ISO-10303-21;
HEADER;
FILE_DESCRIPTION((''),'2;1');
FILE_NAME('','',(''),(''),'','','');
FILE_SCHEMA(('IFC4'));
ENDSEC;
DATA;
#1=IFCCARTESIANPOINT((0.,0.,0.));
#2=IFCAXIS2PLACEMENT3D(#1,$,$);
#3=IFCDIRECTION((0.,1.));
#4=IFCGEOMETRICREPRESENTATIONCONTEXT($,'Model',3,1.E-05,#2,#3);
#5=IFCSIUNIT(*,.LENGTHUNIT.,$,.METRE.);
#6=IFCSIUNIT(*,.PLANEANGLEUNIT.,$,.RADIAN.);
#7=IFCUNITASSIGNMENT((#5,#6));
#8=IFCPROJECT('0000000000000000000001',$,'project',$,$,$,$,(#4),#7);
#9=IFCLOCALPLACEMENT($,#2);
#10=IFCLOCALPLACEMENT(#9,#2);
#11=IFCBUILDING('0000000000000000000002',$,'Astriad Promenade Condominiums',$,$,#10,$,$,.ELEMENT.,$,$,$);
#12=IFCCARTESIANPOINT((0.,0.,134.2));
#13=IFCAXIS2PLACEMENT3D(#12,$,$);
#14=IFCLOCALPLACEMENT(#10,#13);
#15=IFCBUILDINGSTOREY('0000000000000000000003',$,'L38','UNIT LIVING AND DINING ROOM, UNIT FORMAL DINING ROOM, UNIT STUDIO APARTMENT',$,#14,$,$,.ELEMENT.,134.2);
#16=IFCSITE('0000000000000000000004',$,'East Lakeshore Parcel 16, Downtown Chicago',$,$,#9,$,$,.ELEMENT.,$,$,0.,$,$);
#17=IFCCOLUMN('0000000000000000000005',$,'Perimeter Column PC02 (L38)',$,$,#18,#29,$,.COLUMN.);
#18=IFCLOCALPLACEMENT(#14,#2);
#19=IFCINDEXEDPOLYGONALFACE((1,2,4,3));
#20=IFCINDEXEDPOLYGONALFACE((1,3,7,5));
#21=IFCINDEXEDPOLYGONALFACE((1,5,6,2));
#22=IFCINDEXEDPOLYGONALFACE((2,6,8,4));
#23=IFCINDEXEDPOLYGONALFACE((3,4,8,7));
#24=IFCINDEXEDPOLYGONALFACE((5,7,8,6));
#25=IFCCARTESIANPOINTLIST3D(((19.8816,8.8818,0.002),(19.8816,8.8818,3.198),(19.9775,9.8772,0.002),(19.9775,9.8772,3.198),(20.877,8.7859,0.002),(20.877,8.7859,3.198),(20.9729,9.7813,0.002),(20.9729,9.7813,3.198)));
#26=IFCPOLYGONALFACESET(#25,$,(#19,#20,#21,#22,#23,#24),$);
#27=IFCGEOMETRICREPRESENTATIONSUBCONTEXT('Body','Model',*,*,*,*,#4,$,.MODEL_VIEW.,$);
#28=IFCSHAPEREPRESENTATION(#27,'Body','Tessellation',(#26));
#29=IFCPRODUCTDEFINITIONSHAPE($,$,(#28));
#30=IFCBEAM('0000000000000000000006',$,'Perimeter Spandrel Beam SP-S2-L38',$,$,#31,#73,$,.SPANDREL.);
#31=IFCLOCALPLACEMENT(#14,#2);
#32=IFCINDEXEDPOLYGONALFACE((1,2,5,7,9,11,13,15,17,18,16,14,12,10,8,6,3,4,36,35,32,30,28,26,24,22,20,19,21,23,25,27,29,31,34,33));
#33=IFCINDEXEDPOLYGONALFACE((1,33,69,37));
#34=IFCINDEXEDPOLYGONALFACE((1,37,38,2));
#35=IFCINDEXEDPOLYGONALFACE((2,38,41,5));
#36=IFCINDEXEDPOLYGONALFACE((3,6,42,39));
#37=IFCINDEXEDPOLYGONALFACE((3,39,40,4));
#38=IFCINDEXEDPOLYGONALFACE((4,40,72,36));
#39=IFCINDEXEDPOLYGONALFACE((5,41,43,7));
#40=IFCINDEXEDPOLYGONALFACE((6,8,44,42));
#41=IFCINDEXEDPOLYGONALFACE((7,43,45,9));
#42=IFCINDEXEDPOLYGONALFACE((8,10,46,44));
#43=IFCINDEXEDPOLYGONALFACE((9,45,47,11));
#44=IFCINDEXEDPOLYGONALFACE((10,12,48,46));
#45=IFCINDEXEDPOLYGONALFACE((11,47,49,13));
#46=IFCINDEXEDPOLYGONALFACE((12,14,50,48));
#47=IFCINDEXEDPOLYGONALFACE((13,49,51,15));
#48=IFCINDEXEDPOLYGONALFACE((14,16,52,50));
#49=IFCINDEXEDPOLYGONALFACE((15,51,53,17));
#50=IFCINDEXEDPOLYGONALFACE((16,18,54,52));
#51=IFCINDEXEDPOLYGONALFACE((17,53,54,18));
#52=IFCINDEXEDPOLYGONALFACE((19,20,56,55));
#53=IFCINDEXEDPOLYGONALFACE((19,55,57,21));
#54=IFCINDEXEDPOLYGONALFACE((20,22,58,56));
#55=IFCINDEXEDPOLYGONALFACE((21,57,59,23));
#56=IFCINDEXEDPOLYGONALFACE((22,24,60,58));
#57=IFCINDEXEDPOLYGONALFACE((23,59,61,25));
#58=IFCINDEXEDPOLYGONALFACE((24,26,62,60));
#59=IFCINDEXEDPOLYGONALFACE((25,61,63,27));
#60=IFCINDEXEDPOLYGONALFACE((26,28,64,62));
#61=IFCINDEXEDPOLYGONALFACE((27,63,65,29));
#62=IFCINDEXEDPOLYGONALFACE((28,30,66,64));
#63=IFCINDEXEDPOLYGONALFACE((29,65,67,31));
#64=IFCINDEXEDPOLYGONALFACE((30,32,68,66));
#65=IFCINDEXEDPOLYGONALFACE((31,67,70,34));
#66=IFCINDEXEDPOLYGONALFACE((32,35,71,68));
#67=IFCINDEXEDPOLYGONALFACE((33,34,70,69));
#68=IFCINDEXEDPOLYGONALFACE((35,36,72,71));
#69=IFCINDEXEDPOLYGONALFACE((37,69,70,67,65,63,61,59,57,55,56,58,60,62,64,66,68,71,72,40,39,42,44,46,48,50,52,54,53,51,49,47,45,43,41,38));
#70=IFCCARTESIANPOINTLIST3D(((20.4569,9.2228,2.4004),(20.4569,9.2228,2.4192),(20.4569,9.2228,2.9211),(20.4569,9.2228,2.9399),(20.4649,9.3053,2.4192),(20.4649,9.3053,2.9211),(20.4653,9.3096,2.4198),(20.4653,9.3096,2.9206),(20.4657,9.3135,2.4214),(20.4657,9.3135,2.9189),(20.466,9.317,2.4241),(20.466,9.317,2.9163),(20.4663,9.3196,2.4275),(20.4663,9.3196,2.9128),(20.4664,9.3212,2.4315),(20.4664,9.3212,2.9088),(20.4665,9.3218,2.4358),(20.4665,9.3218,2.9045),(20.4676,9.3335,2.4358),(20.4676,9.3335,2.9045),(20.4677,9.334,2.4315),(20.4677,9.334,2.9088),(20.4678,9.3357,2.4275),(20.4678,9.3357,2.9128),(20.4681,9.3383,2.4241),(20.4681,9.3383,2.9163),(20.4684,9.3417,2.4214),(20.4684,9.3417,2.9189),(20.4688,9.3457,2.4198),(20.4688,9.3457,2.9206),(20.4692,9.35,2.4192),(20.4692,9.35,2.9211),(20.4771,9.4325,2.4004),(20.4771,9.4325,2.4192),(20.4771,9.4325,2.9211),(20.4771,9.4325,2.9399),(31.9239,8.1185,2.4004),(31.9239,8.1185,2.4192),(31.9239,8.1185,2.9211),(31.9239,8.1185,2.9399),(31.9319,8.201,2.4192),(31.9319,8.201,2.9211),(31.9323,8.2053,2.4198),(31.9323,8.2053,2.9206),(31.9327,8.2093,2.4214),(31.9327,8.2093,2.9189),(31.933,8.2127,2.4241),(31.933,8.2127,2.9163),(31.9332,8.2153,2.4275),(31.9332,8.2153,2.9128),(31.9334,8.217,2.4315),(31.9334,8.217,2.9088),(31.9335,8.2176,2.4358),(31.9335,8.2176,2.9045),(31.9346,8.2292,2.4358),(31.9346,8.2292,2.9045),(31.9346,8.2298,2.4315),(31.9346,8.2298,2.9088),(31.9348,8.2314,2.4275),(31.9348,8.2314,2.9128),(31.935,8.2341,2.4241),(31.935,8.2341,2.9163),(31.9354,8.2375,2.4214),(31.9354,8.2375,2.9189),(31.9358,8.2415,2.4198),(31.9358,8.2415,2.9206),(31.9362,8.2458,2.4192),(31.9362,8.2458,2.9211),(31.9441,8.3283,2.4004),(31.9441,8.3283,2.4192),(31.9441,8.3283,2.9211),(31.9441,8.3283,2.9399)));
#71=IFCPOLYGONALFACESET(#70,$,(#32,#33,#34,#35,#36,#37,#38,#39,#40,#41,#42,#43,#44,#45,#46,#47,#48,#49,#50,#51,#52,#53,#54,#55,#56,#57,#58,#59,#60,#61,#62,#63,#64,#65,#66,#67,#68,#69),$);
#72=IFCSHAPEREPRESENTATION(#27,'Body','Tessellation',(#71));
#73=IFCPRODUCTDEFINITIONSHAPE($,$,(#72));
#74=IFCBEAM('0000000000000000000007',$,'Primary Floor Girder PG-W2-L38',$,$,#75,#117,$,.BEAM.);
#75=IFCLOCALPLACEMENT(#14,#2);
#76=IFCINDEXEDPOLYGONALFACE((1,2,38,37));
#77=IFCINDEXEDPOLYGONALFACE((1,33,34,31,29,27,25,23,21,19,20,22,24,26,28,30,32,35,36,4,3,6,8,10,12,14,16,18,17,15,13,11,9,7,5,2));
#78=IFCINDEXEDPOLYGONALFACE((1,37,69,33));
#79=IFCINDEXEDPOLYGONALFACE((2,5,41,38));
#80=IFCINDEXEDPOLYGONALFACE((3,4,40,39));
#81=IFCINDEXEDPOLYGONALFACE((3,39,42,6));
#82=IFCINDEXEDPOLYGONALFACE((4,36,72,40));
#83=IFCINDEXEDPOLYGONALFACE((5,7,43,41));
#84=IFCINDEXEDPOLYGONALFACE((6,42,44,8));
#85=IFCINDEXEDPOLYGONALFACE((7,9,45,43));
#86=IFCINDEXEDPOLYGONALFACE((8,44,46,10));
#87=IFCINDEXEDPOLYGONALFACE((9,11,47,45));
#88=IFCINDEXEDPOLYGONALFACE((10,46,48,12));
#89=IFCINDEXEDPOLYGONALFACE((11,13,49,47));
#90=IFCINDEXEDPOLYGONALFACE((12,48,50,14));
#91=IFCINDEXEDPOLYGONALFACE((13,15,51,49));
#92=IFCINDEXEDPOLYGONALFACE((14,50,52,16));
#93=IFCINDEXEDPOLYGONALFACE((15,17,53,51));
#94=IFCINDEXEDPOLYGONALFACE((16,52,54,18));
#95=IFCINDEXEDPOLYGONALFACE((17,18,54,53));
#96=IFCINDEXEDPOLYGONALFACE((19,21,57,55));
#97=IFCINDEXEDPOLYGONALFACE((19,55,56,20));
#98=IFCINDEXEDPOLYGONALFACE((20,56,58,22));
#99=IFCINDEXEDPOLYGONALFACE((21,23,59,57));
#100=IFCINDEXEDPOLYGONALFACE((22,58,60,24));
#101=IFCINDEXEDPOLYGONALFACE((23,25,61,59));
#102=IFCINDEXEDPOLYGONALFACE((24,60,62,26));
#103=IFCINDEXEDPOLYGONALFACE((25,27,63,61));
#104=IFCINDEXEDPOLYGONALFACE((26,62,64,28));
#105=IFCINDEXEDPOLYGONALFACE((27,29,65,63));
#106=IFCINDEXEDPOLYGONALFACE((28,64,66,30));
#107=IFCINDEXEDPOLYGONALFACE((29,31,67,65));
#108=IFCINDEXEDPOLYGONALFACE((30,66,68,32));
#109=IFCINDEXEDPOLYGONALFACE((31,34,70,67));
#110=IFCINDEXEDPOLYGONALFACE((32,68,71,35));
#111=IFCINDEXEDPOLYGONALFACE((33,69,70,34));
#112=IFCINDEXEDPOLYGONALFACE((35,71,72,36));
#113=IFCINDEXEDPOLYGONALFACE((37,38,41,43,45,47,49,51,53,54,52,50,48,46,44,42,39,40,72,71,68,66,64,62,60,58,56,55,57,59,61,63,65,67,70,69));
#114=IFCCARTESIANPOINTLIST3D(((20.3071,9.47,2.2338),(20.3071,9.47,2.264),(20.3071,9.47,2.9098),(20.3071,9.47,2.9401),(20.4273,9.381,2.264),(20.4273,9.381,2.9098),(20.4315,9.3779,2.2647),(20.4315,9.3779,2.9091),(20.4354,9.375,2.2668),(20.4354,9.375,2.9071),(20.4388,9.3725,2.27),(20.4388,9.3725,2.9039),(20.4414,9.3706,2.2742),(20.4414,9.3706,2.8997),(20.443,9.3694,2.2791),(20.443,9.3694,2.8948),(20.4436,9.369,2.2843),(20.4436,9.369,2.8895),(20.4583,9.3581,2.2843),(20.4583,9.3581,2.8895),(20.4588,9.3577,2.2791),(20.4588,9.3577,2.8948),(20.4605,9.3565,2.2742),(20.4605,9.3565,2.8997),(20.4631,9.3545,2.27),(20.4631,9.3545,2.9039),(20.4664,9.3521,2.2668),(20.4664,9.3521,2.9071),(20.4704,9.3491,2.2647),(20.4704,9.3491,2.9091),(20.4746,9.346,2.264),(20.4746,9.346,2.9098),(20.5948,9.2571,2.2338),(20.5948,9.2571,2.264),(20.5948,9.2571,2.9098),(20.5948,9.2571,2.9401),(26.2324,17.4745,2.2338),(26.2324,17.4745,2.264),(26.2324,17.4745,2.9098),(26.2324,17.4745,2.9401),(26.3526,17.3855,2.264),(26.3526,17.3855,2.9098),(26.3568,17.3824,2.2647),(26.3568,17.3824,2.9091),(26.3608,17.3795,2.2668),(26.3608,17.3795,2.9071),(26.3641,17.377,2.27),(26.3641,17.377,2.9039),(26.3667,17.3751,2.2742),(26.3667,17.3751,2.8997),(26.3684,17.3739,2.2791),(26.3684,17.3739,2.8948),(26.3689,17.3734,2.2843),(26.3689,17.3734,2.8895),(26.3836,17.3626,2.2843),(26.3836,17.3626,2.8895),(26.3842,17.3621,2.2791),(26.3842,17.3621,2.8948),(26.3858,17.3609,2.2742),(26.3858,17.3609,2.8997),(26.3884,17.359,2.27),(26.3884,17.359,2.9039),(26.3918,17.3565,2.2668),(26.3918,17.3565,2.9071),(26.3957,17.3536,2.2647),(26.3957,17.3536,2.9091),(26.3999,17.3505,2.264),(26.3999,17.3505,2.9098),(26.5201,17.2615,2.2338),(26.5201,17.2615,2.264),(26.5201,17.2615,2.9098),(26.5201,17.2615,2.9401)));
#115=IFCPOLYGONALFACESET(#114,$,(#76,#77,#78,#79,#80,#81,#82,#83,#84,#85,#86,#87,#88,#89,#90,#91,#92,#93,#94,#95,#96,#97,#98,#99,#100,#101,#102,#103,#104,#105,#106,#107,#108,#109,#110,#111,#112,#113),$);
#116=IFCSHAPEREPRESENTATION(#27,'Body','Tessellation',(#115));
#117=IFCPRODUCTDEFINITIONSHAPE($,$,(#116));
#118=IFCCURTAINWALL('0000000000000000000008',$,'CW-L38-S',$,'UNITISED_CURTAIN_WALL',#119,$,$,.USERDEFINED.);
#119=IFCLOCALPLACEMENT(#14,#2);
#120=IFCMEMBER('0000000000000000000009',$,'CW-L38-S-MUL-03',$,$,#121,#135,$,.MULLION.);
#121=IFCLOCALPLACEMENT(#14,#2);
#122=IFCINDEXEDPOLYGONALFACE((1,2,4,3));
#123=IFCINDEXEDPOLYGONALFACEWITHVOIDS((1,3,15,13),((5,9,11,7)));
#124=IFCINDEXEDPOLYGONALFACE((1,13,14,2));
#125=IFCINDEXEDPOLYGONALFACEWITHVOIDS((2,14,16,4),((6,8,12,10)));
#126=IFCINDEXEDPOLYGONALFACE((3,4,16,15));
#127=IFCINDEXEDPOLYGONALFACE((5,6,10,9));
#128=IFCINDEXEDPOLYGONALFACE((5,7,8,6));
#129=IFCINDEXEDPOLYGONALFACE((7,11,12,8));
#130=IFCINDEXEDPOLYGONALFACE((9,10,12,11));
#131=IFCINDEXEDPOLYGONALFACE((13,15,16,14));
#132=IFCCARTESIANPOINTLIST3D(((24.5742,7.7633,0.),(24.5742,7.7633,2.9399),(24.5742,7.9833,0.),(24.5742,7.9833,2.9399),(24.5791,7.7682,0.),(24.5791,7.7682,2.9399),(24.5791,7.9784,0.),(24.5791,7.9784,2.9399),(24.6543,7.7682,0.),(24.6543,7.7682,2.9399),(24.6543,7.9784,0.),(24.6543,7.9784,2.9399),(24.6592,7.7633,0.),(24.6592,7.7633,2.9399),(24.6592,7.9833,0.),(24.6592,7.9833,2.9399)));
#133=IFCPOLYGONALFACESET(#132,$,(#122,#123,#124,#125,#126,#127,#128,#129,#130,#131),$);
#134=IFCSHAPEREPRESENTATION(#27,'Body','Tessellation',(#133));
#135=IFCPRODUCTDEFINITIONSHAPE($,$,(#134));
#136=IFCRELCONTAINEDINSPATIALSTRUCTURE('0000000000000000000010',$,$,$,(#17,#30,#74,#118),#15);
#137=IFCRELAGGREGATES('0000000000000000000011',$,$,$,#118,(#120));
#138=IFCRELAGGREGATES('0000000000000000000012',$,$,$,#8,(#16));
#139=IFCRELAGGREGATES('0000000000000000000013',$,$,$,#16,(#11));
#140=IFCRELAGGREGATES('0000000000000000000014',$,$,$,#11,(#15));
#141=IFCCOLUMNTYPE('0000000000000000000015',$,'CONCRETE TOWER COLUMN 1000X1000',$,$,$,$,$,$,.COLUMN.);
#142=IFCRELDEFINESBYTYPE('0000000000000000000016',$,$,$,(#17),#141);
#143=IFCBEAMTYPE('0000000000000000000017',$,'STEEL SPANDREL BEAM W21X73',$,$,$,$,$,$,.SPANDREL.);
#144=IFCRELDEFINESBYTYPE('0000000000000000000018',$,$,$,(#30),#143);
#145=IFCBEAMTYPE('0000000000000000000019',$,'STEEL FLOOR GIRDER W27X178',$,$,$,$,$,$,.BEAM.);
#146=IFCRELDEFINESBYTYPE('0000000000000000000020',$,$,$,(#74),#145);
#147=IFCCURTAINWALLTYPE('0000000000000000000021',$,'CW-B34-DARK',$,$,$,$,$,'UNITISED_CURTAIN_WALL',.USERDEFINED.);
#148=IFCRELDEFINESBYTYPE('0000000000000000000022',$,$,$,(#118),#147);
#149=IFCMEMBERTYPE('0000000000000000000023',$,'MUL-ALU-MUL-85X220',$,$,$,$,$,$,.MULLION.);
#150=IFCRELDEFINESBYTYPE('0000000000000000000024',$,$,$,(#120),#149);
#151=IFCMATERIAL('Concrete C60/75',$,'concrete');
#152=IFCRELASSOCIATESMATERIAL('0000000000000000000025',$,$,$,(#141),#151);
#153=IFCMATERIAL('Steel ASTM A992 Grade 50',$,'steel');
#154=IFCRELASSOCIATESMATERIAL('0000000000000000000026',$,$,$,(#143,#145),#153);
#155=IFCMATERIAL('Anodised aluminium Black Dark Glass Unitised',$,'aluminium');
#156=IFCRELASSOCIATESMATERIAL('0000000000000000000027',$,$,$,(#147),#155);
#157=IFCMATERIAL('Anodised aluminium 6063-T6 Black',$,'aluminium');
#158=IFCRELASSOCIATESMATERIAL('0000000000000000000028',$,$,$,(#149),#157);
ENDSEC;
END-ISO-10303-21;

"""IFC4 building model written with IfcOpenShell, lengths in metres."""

from ifc_helpers import new_model, si_unit, direction, frame, origin, origin_2d, place, context, subcontext, project, spatial, rectangle, hollow_rectangle, i_section, extrude, source, transform, mapped, material, material_profile, profile_set, type_object, type_shapes, element, aggregate, save


model = new_model("IFC4")

# Units and contexts
model_context = context("Model", 3, precision=1e-05, world=origin(), true_north=direction((0.0, 1.0)))
body_context = subcontext(model_context, "Body", "Model", "MODEL_VIEW")
ifc_project = project(units=[si_unit("LENGTHUNIT", "METRE"), si_unit("PLANEANGLEUNIT", "RADIAN")], contexts=[model_context])

# Site, building, storey
site_placement = place(None, origin())
site = spatial("IfcSite", under=ifc_project, at=site_placement, Name="East Lakeshore Parcel 16, Downtown Chicago", CompositionType="ELEMENT", RefElevation=0.0)
building_placement = place(site_placement, origin())
building = spatial("IfcBuilding", under=site, at=building_placement, Name="Astriad Promenade Condominiums", CompositionType="ELEMENT")
storey_placement = place(building_placement, frame((0.0, 0.0, 134.2)))
storey = spatial("IfcBuildingStorey", under=building, at=storey_placement, Name="L38", Description="UNIT LIVING AND DINING ROOM, UNIT FORMAL DINING ROOM, UNIT STUDIO APARTMENT", CompositionType="ELEMENT", Elevation=134.2)

# Column
ifc_material_1 = material(Name="Concrete C60/75", Category="concrete")
ifc_material_profile_1 = material_profile(ifc_material_1, rectangle(XDim=1.0, YDim=1.0, at=origin_2d()), Name="RC-COL-1000X1000")
ifc_profile_set_1 = profile_set([ifc_material_profile_1], Name="Concrete C60/75")
column_type = type_object("IfcColumnType", Name="CONCRETE TOWER COLUMN 1000X1000", PredefinedType="COLUMN", material=ifc_profile_set_1)
shared_shape_1 = source(origin(), body_context, "Body", "SweptSolid", [
    extrude(rectangle(XDim=1.0, YDim=1.0, at=origin_2d()), origin(), (0.0, 0.0, 1.0), 3.196),
])
type_shapes(column_type, [shared_shape_1])
column_placement = place(storey_placement, frame((20.4272, 9.3315, 0.002), z_axis=(0.0, 0.0, 1.0), x_axis=(0.995396, -0.095846, 0.0)))
element("IfcColumn", 1, at=column_placement, inside=storey, type_object=column_type, Name="Perimeter Column PC02 (L38)", PredefinedType="COLUMN", context=body_context, shape_type="MappedRepresentation", body=[
    mapped(shared_shape_1, transform((0.0, 0.0, 0.0), scale=1.0)),
])

# Beams
ifc_material_2 = material(Name="Steel ASTM A992 Grade 50", Category="steel")
ifc_material_profile_2 = material_profile(ifc_material_2, i_section(OverallWidth=0.2107, OverallDepth=0.5396, WebThickness=0.0117, FlangeThickness=0.0188, FilletRadius=0.0166, at=origin_2d()), Name="W21X73")
ifc_profile_set_2 = profile_set([ifc_material_profile_2], Name="Steel ASTM A992 Grade 50")
beam_type_1 = type_object("IfcBeamType", Name="STEEL SPANDREL BEAM W21X73", PredefinedType="SPANDREL", material=ifc_profile_set_2)
shared_shape_2 = source(origin(), body_context, "Body", "SweptSolid", [
    extrude(i_section(OverallWidth=0.2107, OverallDepth=0.5396, WebThickness=0.0117, FlangeThickness=0.0188, FilletRadius=0.0166, at=origin_2d()), origin(), (0.0, 0.0, 1.0), 11.52),
])
type_shapes(beam_type_1, [shared_shape_2])
beam_1_placement = place(storey_placement, frame((20.467, 9.3276, 2.6702), z_axis=(0.995395, -0.095854, 0.0), x_axis=(0.095854, 0.995395, 0.0)))
element("IfcBeam", 2, at=beam_1_placement, inside=storey, type_object=beam_type_1, Name="Perimeter Spandrel Beam SP-S2-L38", PredefinedType="SPANDREL", context=body_context, shape_type="MappedRepresentation", body=[
    mapped(shared_shape_2, transform((0.0, 0.0, 0.0), scale=1.0)),
])
ifc_material_profile_3 = material_profile(ifc_material_2, i_section(OverallWidth=0.3579, OverallDepth=0.7063, WebThickness=0.0183, FlangeThickness=0.0303, FilletRadius=0.0203, at=origin_2d()), Name="W27X178")
ifc_profile_set_3 = profile_set([ifc_material_profile_3], Name="Steel ASTM A992 Grade 50")
beam_type_2 = type_object("IfcBeamType", Name="STEEL FLOOR GIRDER W27X178", PredefinedType="BEAM", material=ifc_profile_set_3)
shared_shape_3 = source(origin(), body_context, "Body", "SweptSolid", [
    extrude(i_section(OverallWidth=0.3579, OverallDepth=0.7063, WebThickness=0.0183, FlangeThickness=0.0303, FilletRadius=0.0203, at=origin_2d()), origin(), (0.0, 0.0, 1.0), 9.959),
])
type_shapes(beam_type_2, [shared_shape_3])
beam_2_placement = place(storey_placement, frame((20.4509, 9.3635, 2.5869), z_axis=(0.594975, 0.803744, 0.0), x_axis=(-0.803744, 0.594975, 0.0)))
element("IfcBeam", 3, at=beam_2_placement, inside=storey, type_object=beam_type_2, Name="Primary Floor Girder PG-W2-L38", PredefinedType="BEAM", context=body_context, shape_type="MappedRepresentation", body=[
    mapped(shared_shape_3, transform((0.0, 0.0, 0.0), scale=1.0)),
])

# Curtain wall, member
ifc_material_3 = material(Name="Anodised aluminium Black Dark Glass Unitised", Category="aluminium")
curtain_wall_type = type_object("IfcCurtainWallType", Name="CW-B34-DARK", ElementType="UNITISED_CURTAIN_WALL", PredefinedType="USERDEFINED", material=ifc_material_3)
curtain_wall_placement = place(storey_placement, origin())
curtain_wall = element("IfcCurtainWall", 4, at=curtain_wall_placement, inside=storey, type_object=curtain_wall_type, Name="CW-L38-S", ObjectType="UNITISED_CURTAIN_WALL", PredefinedType="USERDEFINED")
ifc_material_4 = material(Name="Anodised aluminium 6063-T6 Black", Category="aluminium")
ifc_material_profile_4 = material_profile(ifc_material_4, hollow_rectangle(XDim=0.085, YDim=0.22, WallThickness=0.0049, at=origin_2d()), Name="ALU-MUL-85X220")
ifc_profile_set_4 = profile_set([ifc_material_profile_4], Name="Anodised aluminium 6063-T6 Black")
member_type = type_object("IfcMemberType", Name="MUL-ALU-MUL-85X220", PredefinedType="MULLION", material=ifc_profile_set_4)
shared_shape_4 = source(origin(), body_context, "Body", "SweptSolid", [
    extrude(hollow_rectangle(XDim=0.085, YDim=0.22, WallThickness=0.0049, at=origin_2d()), origin(), (0.0, 0.0, 1.0), 2.9399),
])
type_shapes(member_type, [shared_shape_4])
member_placement = place(storey_placement, frame((24.6167, 7.8733, 0.0), z_axis=(0.0, 0.0, 1.0), x_axis=(1.0, 0.0, 0.0)))
member = element("IfcMember", 5, at=member_placement, type_object=member_type, Name="CW-L38-S-MUL-03", PredefinedType="MULLION", context=body_context, shape_type="MappedRepresentation", body=[
    mapped(shared_shape_4, transform((0.0, 0.0, 0.0), scale=1.0)),
])
aggregate(curtain_wall, [member])

save(model, "model.ifc")
